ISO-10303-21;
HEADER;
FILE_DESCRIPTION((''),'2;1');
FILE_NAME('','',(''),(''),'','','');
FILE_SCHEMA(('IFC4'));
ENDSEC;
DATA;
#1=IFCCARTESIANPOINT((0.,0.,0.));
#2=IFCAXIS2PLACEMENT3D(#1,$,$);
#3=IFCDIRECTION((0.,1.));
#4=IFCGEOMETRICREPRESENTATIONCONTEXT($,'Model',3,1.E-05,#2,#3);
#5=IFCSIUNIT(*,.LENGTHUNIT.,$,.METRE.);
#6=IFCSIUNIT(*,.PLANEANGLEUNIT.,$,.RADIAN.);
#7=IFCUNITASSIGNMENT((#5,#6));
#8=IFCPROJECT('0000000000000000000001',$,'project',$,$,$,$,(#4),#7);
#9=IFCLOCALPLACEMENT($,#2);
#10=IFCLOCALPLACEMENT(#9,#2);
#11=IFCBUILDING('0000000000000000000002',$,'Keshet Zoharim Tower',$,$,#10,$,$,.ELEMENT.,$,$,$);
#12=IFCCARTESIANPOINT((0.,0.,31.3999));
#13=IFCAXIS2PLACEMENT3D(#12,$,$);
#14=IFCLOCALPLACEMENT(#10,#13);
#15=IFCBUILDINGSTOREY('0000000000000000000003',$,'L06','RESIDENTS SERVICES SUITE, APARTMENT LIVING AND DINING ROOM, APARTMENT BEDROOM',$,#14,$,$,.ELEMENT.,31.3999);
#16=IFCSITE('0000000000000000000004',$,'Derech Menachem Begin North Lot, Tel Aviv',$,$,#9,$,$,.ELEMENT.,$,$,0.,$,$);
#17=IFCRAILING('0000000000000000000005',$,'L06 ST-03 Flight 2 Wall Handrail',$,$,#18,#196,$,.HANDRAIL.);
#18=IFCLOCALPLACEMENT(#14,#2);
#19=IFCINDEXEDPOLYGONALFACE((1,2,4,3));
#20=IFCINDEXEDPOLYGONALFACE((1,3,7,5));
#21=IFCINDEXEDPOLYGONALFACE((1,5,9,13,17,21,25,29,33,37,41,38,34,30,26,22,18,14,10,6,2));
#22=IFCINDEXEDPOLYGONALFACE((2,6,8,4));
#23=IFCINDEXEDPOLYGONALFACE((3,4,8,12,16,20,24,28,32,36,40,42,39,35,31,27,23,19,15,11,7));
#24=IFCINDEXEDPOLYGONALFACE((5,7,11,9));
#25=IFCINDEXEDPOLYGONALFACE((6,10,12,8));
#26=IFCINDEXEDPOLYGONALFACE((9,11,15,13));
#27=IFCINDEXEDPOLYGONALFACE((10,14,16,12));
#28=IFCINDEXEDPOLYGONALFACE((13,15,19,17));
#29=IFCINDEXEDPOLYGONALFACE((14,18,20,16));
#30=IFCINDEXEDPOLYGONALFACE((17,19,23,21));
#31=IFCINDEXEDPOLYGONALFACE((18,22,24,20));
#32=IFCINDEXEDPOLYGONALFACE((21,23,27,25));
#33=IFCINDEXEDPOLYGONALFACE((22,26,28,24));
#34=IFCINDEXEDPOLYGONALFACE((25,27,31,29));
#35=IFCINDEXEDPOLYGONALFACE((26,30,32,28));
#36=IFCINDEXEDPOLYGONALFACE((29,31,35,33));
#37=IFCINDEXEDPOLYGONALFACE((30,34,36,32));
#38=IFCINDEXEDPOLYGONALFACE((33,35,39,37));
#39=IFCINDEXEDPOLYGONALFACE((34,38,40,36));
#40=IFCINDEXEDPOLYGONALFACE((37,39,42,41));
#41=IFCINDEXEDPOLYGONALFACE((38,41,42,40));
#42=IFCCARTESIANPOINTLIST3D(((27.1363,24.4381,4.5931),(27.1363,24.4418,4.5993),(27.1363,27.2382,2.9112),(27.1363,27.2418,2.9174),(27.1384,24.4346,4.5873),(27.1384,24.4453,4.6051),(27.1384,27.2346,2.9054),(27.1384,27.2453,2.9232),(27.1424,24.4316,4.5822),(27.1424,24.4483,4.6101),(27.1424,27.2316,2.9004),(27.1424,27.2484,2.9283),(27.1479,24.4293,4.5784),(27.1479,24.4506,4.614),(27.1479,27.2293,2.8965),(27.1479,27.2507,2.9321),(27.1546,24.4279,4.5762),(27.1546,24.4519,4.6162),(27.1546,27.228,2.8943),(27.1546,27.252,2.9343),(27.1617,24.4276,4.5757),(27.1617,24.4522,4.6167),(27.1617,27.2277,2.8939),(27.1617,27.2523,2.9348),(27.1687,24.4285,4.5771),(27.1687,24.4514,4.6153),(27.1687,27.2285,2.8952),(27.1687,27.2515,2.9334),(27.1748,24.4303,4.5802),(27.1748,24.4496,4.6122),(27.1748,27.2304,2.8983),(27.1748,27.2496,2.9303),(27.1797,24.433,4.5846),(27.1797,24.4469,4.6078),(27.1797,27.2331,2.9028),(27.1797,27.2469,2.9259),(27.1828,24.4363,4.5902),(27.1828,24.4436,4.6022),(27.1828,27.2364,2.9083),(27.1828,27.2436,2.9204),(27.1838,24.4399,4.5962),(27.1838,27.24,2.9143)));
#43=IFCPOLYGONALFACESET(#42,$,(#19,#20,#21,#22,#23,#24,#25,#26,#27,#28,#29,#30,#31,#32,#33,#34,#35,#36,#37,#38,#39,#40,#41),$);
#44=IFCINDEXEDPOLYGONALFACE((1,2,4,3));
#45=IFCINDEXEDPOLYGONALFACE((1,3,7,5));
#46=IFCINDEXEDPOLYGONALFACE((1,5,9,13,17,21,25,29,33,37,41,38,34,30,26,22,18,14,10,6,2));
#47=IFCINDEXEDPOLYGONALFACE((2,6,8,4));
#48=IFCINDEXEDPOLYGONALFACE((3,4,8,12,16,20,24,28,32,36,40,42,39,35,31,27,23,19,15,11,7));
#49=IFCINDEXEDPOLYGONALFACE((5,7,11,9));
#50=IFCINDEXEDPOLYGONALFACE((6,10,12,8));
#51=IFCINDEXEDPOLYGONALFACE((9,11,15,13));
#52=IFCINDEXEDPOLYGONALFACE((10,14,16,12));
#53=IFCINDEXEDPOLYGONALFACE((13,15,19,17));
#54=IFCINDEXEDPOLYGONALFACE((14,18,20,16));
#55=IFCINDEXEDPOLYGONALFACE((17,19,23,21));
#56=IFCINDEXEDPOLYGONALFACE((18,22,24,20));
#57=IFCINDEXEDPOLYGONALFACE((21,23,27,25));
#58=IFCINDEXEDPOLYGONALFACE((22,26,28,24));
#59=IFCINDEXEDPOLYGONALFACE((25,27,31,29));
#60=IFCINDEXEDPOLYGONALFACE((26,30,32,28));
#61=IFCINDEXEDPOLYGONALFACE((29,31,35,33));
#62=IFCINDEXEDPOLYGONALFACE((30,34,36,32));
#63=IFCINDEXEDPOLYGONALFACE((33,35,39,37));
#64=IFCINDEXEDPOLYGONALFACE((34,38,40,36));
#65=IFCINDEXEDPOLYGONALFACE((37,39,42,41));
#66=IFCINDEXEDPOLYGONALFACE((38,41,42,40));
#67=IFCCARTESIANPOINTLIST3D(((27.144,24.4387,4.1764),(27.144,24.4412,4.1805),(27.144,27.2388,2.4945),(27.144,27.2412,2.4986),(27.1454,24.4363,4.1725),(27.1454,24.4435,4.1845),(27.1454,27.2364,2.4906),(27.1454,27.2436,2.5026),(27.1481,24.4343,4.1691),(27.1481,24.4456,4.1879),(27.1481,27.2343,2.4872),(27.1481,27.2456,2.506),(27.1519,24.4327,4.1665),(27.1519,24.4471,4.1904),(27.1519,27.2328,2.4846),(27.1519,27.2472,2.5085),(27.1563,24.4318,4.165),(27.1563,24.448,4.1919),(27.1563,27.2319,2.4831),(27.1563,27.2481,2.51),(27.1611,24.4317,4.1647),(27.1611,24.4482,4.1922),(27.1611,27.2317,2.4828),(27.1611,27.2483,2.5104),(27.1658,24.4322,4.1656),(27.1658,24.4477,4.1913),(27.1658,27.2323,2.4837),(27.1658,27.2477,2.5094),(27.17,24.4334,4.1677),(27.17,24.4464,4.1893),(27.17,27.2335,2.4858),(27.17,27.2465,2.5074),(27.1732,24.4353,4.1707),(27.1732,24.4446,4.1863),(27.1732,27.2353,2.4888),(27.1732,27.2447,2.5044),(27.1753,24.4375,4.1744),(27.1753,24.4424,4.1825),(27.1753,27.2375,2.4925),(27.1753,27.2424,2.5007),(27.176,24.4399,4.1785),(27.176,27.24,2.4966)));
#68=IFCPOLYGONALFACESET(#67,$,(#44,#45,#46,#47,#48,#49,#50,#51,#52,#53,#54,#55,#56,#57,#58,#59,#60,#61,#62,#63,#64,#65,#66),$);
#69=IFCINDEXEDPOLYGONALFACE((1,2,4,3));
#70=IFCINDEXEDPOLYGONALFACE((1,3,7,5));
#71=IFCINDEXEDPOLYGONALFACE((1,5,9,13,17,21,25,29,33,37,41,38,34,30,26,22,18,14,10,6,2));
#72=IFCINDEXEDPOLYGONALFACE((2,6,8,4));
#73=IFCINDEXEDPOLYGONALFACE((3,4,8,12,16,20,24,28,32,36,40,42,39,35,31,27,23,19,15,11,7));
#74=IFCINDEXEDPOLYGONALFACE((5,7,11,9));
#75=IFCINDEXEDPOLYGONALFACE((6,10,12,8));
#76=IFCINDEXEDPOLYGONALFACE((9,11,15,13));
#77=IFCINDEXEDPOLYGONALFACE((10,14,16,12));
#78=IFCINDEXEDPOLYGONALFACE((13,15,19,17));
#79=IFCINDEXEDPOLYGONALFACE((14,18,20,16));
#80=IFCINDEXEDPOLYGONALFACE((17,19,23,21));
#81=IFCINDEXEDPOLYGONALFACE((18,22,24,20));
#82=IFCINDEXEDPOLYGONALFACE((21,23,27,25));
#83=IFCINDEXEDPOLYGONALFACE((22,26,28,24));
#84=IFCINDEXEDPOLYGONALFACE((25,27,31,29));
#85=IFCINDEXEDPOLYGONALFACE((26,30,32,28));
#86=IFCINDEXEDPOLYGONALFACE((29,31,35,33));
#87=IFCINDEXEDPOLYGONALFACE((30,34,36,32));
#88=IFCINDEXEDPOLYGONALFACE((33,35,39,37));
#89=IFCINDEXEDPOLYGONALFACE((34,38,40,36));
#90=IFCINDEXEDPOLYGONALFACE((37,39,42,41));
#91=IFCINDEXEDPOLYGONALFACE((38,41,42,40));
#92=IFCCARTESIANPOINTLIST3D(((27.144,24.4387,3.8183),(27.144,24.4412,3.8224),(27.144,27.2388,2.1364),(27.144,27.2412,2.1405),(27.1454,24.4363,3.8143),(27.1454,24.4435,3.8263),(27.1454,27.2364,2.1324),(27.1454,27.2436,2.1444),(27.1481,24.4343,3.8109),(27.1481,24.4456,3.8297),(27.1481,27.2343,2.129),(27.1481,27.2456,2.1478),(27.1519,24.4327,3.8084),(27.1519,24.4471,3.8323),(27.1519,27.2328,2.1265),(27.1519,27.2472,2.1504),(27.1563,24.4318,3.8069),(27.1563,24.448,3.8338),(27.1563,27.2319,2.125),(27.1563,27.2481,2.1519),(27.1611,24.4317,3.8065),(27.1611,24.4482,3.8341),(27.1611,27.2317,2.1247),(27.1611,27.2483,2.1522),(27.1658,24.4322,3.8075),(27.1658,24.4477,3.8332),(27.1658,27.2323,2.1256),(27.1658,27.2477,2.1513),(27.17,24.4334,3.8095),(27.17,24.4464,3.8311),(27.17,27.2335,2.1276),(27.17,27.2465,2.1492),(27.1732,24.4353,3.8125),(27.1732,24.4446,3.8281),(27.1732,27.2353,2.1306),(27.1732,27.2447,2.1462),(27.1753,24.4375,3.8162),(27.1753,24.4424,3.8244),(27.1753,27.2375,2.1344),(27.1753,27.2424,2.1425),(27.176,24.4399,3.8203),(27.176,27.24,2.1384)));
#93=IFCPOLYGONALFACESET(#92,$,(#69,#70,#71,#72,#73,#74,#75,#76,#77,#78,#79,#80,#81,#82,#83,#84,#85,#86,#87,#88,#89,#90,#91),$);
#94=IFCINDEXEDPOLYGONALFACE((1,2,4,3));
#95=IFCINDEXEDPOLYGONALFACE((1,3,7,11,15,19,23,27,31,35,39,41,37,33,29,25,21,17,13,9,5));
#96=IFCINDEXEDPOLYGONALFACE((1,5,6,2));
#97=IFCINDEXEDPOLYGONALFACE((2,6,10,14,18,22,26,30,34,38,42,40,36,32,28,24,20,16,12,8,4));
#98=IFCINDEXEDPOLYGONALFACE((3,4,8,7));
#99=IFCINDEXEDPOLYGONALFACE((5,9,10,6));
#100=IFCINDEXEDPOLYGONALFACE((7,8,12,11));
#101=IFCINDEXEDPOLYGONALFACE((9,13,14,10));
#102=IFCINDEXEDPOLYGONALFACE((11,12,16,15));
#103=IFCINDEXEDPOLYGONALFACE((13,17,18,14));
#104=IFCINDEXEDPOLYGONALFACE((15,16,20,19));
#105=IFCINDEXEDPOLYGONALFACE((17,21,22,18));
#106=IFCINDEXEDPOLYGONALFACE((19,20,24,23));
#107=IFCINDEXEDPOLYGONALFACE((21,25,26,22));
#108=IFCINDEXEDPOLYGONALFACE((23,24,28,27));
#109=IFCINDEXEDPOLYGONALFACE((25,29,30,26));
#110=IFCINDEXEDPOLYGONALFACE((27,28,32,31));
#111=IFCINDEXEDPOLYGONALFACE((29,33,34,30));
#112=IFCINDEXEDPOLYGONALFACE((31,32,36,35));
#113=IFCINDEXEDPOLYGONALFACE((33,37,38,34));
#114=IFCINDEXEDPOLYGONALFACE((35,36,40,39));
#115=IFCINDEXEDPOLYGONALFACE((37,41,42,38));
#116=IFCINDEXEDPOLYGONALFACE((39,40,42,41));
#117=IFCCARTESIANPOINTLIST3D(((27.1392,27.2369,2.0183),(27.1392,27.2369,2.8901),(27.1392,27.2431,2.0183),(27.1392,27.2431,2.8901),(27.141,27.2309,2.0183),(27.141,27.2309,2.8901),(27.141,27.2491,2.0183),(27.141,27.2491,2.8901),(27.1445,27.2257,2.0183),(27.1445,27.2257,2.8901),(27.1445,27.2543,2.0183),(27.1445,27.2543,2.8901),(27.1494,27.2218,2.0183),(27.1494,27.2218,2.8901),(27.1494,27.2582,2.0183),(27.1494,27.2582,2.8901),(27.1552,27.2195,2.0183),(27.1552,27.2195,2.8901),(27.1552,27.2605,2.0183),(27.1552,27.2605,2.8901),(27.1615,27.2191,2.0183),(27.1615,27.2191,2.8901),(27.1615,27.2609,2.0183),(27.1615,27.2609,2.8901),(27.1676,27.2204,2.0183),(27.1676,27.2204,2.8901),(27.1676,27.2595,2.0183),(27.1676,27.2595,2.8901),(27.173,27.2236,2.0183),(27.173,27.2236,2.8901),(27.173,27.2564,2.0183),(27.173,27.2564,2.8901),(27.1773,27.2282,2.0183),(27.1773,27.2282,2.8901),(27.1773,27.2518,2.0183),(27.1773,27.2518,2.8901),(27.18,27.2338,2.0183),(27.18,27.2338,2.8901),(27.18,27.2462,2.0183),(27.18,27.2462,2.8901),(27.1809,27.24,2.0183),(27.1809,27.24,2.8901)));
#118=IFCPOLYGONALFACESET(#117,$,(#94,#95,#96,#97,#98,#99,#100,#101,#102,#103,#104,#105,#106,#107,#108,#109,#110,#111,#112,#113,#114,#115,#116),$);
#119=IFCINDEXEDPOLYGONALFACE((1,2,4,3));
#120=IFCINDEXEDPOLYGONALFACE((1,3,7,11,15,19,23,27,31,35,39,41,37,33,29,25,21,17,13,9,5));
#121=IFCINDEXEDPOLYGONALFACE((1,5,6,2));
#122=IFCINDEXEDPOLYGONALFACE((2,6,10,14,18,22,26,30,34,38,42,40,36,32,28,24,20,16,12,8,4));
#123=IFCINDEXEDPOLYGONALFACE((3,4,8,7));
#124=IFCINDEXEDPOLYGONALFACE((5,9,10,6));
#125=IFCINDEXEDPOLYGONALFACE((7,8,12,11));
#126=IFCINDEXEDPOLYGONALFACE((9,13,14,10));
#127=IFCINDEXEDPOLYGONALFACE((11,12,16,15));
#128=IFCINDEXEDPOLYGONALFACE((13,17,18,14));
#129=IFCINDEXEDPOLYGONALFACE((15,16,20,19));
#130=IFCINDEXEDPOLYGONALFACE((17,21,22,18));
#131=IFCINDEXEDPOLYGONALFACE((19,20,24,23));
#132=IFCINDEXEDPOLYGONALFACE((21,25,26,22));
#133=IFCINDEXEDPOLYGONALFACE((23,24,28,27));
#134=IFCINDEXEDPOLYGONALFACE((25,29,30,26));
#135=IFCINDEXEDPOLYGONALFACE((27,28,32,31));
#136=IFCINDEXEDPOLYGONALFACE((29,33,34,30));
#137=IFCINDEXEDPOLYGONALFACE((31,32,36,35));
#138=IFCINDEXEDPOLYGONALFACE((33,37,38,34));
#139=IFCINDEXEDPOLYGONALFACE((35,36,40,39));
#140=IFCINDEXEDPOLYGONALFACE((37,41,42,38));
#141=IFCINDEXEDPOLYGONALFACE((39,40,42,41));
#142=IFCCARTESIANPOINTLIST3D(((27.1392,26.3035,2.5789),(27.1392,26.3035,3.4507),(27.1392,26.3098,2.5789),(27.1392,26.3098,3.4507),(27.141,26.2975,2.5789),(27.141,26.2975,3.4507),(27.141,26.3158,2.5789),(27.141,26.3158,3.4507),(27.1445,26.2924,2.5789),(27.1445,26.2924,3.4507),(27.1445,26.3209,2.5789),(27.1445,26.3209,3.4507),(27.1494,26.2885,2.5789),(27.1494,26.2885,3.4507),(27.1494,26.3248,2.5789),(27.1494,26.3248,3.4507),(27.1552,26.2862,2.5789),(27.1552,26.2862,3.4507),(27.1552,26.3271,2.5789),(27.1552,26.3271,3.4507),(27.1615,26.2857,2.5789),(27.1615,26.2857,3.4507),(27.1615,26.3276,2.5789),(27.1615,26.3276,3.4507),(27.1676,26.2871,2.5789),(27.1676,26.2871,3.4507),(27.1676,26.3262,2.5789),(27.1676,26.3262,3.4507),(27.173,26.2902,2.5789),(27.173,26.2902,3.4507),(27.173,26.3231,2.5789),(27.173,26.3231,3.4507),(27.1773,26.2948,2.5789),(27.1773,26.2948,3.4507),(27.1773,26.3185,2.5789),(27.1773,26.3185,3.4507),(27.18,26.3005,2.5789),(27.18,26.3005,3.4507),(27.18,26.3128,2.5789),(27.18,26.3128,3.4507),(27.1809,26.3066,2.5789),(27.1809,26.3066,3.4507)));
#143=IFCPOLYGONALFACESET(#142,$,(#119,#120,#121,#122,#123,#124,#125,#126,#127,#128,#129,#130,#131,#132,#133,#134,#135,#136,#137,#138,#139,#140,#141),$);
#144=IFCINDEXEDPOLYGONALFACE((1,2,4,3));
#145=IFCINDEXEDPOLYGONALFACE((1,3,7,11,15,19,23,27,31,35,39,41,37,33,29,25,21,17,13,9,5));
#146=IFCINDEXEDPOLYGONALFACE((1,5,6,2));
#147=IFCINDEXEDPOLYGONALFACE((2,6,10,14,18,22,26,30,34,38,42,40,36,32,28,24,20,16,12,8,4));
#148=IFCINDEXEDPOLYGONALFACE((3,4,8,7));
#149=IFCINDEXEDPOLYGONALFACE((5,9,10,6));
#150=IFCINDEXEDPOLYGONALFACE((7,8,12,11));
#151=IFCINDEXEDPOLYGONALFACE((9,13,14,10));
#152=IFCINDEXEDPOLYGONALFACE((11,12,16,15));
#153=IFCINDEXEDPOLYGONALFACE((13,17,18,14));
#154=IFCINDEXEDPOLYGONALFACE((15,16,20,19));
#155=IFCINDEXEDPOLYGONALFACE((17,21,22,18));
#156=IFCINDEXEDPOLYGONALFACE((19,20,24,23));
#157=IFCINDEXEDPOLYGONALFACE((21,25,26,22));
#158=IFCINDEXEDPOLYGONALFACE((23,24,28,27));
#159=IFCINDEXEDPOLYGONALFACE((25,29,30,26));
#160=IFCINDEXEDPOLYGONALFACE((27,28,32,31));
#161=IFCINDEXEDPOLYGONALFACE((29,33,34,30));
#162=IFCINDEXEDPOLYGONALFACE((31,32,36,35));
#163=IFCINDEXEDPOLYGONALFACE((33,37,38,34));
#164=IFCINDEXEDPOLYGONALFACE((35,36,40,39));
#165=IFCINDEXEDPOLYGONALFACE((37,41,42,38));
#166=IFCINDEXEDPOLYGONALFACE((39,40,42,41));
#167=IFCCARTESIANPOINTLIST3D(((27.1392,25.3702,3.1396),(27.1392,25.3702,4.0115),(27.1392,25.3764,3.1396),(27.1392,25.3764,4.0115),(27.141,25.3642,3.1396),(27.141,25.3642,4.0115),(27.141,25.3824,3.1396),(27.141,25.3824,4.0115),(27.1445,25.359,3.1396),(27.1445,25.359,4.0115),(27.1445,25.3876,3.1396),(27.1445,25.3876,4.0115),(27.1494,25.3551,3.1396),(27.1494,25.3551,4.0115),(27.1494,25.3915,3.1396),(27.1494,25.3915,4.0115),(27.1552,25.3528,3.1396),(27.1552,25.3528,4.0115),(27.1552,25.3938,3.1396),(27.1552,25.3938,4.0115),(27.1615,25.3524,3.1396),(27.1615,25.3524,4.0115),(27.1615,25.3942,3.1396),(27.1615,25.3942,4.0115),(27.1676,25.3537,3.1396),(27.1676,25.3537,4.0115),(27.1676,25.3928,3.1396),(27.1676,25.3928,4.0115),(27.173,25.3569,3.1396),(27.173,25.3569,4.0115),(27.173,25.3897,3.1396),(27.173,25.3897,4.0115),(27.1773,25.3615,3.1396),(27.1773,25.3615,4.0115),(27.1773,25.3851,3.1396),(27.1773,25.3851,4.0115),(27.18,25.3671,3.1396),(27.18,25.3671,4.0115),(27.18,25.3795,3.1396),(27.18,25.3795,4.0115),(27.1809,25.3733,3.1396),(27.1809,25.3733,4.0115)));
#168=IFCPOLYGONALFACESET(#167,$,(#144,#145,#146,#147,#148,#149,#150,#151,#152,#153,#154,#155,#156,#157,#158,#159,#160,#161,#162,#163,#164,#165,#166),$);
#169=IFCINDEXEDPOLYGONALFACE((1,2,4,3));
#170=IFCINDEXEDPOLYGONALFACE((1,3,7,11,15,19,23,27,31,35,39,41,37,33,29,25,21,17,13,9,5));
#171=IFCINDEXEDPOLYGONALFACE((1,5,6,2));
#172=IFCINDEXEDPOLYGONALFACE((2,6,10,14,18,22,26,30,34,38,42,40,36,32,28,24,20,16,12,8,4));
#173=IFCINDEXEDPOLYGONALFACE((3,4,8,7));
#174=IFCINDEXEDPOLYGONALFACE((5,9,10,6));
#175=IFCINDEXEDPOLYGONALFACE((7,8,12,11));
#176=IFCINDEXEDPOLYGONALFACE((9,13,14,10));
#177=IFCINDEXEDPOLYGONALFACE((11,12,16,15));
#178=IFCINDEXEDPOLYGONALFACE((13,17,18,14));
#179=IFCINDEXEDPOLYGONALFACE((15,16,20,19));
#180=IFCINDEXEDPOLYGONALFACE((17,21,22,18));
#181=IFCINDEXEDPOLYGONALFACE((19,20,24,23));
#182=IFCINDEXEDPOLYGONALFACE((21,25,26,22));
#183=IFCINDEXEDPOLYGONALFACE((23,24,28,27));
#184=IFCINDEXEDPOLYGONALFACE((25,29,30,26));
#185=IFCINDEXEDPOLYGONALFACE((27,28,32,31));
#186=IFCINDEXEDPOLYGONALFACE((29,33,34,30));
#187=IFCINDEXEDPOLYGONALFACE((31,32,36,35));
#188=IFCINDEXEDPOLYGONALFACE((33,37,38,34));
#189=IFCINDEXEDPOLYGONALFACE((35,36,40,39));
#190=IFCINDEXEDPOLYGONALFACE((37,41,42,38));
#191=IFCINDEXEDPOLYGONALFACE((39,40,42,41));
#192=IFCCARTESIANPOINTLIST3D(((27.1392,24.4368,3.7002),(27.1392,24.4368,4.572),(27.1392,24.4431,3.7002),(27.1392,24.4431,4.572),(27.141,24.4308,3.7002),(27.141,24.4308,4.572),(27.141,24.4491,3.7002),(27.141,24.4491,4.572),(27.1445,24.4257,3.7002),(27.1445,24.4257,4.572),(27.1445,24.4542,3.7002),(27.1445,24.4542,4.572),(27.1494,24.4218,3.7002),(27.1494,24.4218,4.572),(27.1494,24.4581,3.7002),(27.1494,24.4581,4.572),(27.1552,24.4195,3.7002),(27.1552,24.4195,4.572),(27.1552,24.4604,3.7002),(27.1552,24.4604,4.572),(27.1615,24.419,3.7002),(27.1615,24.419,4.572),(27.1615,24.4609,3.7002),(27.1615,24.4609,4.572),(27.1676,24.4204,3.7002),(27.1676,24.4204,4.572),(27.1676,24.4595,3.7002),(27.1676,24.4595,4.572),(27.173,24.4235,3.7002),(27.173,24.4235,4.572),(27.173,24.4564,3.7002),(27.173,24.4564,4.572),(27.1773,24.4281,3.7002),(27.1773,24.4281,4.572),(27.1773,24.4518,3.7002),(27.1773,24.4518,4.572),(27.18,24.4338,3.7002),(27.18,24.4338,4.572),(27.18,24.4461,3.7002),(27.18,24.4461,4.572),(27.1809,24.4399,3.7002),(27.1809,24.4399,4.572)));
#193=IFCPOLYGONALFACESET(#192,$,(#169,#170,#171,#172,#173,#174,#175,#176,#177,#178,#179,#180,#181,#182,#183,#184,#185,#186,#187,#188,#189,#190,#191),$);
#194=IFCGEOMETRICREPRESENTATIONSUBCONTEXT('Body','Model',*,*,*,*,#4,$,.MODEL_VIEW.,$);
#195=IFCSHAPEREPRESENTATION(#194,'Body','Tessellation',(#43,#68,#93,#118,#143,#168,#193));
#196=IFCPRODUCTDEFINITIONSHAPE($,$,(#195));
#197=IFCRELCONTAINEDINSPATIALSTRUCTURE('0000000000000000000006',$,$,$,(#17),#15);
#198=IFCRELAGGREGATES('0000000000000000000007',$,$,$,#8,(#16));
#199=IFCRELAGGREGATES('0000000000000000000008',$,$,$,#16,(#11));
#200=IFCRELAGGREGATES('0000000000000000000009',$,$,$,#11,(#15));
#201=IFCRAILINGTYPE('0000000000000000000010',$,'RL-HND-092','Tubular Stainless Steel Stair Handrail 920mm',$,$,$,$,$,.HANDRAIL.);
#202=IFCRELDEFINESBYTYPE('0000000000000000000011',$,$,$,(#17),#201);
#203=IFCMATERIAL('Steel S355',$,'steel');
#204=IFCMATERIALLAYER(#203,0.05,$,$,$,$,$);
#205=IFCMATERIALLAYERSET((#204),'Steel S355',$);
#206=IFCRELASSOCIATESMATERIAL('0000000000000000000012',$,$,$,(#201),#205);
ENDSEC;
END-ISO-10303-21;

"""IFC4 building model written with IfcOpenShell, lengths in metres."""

from ifc_helpers import new_model, si_unit, direction, frame, origin, origin_2d, place, context, subcontext, project, spatial, circle, extrude, material, layer, layer_set, type_object, element, save


model = new_model("IFC4")

# Units and contexts
model_context = context("Model", 3, precision=1e-05, world=origin(), true_north=direction((0.0, 1.0)))
body_context = subcontext(model_context, "Body", "Model", "MODEL_VIEW")
ifc_project = project(units=[si_unit("LENGTHUNIT", "METRE"), si_unit("PLANEANGLEUNIT", "RADIAN")], contexts=[model_context])

# Site, building, storey
site_placement = place(None, origin())
site = spatial("IfcSite", under=ifc_project, at=site_placement, Name="Derech Menachem Begin North Lot, Tel Aviv", CompositionType="ELEMENT", RefElevation=0.0)
building_placement = place(site_placement, origin())
building = spatial("IfcBuilding", under=site, at=building_placement, Name="Keshet Zoharim Tower", CompositionType="ELEMENT")
storey_placement = place(building_placement, frame((0.0, 0.0, 31.3999)))
storey = spatial("IfcBuildingStorey", under=building, at=storey_placement, Name="L06", Description="RESIDENTS SERVICES SUITE, APARTMENT LIVING AND DINING ROOM, APARTMENT BEDROOM", CompositionType="ELEMENT", Elevation=31.3999)

# Shared definitions
ifc_material_1 = material(Name="Steel S355", Category="steel")

# Railing
ifc_layer_1 = layer(ifc_material_1, 0.05)
ifc_layer_set_1 = layer_set([ifc_layer_1], Name="Steel S355")
railing_type = type_object("IfcRailingType", Name="RL-HND-092", Description="Tubular Stainless Steel Stair Handrail 920mm", PredefinedType="HANDRAIL", material=ifc_layer_set_1)
railing_placement = place(storey_placement, frame((27.1599, 27.24, 2.0183)))
element("IfcRailing", 1, at=railing_placement, inside=storey, type_object=railing_type, Name="L06 ST-03 Flight 2 Wall Handrail", PredefinedType="HANDRAIL", context=body_context, shape_type="SweptSolid", body=[
    extrude(circle(Radius=0.0239, at=origin_2d()), frame((0.0, 0.0, 0.896), z_axis=(0.0, -0.857242, 0.514913), x_axis=(1.0, 0.0, 0.0)), (0.0, 0.0, 1.0), 3.2664),
    extrude(circle(Radius=0.0161, at=origin_2d()), frame((0.0, 0.0, 0.4783), z_axis=(0.0, -0.857242, 0.514913), x_axis=(1.0, 0.0, 0.0)), (0.0, 0.0, 1.0), 3.2664),
    extrude(circle(Radius=0.0161, at=origin_2d()), frame((0.0, 0.0, 0.1201), z_axis=(0.0, -0.857242, 0.514913), x_axis=(1.0, 0.0, 0.0)), (0.0, 0.0, 1.0), 3.2664),
    extrude(circle(Radius=0.021, at=origin_2d()), origin(), (0.0, 0.0, 1.0), 0.8718),
    extrude(circle(Radius=0.021, at=origin_2d()), frame((0.0, -0.9333, 0.5605)), (0.0, 0.0, 1.0), 0.8718),
    extrude(circle(Radius=0.021, at=origin_2d()), frame((0.0, -1.8667, 1.1213)), (0.0, 0.0, 1.0), 0.8718),
    extrude(circle(Radius=0.021, at=origin_2d()), frame((0.0, -2.8, 1.6819)), (0.0, 0.0, 1.0), 0.8718),
])

save(model, "model.ifc")
